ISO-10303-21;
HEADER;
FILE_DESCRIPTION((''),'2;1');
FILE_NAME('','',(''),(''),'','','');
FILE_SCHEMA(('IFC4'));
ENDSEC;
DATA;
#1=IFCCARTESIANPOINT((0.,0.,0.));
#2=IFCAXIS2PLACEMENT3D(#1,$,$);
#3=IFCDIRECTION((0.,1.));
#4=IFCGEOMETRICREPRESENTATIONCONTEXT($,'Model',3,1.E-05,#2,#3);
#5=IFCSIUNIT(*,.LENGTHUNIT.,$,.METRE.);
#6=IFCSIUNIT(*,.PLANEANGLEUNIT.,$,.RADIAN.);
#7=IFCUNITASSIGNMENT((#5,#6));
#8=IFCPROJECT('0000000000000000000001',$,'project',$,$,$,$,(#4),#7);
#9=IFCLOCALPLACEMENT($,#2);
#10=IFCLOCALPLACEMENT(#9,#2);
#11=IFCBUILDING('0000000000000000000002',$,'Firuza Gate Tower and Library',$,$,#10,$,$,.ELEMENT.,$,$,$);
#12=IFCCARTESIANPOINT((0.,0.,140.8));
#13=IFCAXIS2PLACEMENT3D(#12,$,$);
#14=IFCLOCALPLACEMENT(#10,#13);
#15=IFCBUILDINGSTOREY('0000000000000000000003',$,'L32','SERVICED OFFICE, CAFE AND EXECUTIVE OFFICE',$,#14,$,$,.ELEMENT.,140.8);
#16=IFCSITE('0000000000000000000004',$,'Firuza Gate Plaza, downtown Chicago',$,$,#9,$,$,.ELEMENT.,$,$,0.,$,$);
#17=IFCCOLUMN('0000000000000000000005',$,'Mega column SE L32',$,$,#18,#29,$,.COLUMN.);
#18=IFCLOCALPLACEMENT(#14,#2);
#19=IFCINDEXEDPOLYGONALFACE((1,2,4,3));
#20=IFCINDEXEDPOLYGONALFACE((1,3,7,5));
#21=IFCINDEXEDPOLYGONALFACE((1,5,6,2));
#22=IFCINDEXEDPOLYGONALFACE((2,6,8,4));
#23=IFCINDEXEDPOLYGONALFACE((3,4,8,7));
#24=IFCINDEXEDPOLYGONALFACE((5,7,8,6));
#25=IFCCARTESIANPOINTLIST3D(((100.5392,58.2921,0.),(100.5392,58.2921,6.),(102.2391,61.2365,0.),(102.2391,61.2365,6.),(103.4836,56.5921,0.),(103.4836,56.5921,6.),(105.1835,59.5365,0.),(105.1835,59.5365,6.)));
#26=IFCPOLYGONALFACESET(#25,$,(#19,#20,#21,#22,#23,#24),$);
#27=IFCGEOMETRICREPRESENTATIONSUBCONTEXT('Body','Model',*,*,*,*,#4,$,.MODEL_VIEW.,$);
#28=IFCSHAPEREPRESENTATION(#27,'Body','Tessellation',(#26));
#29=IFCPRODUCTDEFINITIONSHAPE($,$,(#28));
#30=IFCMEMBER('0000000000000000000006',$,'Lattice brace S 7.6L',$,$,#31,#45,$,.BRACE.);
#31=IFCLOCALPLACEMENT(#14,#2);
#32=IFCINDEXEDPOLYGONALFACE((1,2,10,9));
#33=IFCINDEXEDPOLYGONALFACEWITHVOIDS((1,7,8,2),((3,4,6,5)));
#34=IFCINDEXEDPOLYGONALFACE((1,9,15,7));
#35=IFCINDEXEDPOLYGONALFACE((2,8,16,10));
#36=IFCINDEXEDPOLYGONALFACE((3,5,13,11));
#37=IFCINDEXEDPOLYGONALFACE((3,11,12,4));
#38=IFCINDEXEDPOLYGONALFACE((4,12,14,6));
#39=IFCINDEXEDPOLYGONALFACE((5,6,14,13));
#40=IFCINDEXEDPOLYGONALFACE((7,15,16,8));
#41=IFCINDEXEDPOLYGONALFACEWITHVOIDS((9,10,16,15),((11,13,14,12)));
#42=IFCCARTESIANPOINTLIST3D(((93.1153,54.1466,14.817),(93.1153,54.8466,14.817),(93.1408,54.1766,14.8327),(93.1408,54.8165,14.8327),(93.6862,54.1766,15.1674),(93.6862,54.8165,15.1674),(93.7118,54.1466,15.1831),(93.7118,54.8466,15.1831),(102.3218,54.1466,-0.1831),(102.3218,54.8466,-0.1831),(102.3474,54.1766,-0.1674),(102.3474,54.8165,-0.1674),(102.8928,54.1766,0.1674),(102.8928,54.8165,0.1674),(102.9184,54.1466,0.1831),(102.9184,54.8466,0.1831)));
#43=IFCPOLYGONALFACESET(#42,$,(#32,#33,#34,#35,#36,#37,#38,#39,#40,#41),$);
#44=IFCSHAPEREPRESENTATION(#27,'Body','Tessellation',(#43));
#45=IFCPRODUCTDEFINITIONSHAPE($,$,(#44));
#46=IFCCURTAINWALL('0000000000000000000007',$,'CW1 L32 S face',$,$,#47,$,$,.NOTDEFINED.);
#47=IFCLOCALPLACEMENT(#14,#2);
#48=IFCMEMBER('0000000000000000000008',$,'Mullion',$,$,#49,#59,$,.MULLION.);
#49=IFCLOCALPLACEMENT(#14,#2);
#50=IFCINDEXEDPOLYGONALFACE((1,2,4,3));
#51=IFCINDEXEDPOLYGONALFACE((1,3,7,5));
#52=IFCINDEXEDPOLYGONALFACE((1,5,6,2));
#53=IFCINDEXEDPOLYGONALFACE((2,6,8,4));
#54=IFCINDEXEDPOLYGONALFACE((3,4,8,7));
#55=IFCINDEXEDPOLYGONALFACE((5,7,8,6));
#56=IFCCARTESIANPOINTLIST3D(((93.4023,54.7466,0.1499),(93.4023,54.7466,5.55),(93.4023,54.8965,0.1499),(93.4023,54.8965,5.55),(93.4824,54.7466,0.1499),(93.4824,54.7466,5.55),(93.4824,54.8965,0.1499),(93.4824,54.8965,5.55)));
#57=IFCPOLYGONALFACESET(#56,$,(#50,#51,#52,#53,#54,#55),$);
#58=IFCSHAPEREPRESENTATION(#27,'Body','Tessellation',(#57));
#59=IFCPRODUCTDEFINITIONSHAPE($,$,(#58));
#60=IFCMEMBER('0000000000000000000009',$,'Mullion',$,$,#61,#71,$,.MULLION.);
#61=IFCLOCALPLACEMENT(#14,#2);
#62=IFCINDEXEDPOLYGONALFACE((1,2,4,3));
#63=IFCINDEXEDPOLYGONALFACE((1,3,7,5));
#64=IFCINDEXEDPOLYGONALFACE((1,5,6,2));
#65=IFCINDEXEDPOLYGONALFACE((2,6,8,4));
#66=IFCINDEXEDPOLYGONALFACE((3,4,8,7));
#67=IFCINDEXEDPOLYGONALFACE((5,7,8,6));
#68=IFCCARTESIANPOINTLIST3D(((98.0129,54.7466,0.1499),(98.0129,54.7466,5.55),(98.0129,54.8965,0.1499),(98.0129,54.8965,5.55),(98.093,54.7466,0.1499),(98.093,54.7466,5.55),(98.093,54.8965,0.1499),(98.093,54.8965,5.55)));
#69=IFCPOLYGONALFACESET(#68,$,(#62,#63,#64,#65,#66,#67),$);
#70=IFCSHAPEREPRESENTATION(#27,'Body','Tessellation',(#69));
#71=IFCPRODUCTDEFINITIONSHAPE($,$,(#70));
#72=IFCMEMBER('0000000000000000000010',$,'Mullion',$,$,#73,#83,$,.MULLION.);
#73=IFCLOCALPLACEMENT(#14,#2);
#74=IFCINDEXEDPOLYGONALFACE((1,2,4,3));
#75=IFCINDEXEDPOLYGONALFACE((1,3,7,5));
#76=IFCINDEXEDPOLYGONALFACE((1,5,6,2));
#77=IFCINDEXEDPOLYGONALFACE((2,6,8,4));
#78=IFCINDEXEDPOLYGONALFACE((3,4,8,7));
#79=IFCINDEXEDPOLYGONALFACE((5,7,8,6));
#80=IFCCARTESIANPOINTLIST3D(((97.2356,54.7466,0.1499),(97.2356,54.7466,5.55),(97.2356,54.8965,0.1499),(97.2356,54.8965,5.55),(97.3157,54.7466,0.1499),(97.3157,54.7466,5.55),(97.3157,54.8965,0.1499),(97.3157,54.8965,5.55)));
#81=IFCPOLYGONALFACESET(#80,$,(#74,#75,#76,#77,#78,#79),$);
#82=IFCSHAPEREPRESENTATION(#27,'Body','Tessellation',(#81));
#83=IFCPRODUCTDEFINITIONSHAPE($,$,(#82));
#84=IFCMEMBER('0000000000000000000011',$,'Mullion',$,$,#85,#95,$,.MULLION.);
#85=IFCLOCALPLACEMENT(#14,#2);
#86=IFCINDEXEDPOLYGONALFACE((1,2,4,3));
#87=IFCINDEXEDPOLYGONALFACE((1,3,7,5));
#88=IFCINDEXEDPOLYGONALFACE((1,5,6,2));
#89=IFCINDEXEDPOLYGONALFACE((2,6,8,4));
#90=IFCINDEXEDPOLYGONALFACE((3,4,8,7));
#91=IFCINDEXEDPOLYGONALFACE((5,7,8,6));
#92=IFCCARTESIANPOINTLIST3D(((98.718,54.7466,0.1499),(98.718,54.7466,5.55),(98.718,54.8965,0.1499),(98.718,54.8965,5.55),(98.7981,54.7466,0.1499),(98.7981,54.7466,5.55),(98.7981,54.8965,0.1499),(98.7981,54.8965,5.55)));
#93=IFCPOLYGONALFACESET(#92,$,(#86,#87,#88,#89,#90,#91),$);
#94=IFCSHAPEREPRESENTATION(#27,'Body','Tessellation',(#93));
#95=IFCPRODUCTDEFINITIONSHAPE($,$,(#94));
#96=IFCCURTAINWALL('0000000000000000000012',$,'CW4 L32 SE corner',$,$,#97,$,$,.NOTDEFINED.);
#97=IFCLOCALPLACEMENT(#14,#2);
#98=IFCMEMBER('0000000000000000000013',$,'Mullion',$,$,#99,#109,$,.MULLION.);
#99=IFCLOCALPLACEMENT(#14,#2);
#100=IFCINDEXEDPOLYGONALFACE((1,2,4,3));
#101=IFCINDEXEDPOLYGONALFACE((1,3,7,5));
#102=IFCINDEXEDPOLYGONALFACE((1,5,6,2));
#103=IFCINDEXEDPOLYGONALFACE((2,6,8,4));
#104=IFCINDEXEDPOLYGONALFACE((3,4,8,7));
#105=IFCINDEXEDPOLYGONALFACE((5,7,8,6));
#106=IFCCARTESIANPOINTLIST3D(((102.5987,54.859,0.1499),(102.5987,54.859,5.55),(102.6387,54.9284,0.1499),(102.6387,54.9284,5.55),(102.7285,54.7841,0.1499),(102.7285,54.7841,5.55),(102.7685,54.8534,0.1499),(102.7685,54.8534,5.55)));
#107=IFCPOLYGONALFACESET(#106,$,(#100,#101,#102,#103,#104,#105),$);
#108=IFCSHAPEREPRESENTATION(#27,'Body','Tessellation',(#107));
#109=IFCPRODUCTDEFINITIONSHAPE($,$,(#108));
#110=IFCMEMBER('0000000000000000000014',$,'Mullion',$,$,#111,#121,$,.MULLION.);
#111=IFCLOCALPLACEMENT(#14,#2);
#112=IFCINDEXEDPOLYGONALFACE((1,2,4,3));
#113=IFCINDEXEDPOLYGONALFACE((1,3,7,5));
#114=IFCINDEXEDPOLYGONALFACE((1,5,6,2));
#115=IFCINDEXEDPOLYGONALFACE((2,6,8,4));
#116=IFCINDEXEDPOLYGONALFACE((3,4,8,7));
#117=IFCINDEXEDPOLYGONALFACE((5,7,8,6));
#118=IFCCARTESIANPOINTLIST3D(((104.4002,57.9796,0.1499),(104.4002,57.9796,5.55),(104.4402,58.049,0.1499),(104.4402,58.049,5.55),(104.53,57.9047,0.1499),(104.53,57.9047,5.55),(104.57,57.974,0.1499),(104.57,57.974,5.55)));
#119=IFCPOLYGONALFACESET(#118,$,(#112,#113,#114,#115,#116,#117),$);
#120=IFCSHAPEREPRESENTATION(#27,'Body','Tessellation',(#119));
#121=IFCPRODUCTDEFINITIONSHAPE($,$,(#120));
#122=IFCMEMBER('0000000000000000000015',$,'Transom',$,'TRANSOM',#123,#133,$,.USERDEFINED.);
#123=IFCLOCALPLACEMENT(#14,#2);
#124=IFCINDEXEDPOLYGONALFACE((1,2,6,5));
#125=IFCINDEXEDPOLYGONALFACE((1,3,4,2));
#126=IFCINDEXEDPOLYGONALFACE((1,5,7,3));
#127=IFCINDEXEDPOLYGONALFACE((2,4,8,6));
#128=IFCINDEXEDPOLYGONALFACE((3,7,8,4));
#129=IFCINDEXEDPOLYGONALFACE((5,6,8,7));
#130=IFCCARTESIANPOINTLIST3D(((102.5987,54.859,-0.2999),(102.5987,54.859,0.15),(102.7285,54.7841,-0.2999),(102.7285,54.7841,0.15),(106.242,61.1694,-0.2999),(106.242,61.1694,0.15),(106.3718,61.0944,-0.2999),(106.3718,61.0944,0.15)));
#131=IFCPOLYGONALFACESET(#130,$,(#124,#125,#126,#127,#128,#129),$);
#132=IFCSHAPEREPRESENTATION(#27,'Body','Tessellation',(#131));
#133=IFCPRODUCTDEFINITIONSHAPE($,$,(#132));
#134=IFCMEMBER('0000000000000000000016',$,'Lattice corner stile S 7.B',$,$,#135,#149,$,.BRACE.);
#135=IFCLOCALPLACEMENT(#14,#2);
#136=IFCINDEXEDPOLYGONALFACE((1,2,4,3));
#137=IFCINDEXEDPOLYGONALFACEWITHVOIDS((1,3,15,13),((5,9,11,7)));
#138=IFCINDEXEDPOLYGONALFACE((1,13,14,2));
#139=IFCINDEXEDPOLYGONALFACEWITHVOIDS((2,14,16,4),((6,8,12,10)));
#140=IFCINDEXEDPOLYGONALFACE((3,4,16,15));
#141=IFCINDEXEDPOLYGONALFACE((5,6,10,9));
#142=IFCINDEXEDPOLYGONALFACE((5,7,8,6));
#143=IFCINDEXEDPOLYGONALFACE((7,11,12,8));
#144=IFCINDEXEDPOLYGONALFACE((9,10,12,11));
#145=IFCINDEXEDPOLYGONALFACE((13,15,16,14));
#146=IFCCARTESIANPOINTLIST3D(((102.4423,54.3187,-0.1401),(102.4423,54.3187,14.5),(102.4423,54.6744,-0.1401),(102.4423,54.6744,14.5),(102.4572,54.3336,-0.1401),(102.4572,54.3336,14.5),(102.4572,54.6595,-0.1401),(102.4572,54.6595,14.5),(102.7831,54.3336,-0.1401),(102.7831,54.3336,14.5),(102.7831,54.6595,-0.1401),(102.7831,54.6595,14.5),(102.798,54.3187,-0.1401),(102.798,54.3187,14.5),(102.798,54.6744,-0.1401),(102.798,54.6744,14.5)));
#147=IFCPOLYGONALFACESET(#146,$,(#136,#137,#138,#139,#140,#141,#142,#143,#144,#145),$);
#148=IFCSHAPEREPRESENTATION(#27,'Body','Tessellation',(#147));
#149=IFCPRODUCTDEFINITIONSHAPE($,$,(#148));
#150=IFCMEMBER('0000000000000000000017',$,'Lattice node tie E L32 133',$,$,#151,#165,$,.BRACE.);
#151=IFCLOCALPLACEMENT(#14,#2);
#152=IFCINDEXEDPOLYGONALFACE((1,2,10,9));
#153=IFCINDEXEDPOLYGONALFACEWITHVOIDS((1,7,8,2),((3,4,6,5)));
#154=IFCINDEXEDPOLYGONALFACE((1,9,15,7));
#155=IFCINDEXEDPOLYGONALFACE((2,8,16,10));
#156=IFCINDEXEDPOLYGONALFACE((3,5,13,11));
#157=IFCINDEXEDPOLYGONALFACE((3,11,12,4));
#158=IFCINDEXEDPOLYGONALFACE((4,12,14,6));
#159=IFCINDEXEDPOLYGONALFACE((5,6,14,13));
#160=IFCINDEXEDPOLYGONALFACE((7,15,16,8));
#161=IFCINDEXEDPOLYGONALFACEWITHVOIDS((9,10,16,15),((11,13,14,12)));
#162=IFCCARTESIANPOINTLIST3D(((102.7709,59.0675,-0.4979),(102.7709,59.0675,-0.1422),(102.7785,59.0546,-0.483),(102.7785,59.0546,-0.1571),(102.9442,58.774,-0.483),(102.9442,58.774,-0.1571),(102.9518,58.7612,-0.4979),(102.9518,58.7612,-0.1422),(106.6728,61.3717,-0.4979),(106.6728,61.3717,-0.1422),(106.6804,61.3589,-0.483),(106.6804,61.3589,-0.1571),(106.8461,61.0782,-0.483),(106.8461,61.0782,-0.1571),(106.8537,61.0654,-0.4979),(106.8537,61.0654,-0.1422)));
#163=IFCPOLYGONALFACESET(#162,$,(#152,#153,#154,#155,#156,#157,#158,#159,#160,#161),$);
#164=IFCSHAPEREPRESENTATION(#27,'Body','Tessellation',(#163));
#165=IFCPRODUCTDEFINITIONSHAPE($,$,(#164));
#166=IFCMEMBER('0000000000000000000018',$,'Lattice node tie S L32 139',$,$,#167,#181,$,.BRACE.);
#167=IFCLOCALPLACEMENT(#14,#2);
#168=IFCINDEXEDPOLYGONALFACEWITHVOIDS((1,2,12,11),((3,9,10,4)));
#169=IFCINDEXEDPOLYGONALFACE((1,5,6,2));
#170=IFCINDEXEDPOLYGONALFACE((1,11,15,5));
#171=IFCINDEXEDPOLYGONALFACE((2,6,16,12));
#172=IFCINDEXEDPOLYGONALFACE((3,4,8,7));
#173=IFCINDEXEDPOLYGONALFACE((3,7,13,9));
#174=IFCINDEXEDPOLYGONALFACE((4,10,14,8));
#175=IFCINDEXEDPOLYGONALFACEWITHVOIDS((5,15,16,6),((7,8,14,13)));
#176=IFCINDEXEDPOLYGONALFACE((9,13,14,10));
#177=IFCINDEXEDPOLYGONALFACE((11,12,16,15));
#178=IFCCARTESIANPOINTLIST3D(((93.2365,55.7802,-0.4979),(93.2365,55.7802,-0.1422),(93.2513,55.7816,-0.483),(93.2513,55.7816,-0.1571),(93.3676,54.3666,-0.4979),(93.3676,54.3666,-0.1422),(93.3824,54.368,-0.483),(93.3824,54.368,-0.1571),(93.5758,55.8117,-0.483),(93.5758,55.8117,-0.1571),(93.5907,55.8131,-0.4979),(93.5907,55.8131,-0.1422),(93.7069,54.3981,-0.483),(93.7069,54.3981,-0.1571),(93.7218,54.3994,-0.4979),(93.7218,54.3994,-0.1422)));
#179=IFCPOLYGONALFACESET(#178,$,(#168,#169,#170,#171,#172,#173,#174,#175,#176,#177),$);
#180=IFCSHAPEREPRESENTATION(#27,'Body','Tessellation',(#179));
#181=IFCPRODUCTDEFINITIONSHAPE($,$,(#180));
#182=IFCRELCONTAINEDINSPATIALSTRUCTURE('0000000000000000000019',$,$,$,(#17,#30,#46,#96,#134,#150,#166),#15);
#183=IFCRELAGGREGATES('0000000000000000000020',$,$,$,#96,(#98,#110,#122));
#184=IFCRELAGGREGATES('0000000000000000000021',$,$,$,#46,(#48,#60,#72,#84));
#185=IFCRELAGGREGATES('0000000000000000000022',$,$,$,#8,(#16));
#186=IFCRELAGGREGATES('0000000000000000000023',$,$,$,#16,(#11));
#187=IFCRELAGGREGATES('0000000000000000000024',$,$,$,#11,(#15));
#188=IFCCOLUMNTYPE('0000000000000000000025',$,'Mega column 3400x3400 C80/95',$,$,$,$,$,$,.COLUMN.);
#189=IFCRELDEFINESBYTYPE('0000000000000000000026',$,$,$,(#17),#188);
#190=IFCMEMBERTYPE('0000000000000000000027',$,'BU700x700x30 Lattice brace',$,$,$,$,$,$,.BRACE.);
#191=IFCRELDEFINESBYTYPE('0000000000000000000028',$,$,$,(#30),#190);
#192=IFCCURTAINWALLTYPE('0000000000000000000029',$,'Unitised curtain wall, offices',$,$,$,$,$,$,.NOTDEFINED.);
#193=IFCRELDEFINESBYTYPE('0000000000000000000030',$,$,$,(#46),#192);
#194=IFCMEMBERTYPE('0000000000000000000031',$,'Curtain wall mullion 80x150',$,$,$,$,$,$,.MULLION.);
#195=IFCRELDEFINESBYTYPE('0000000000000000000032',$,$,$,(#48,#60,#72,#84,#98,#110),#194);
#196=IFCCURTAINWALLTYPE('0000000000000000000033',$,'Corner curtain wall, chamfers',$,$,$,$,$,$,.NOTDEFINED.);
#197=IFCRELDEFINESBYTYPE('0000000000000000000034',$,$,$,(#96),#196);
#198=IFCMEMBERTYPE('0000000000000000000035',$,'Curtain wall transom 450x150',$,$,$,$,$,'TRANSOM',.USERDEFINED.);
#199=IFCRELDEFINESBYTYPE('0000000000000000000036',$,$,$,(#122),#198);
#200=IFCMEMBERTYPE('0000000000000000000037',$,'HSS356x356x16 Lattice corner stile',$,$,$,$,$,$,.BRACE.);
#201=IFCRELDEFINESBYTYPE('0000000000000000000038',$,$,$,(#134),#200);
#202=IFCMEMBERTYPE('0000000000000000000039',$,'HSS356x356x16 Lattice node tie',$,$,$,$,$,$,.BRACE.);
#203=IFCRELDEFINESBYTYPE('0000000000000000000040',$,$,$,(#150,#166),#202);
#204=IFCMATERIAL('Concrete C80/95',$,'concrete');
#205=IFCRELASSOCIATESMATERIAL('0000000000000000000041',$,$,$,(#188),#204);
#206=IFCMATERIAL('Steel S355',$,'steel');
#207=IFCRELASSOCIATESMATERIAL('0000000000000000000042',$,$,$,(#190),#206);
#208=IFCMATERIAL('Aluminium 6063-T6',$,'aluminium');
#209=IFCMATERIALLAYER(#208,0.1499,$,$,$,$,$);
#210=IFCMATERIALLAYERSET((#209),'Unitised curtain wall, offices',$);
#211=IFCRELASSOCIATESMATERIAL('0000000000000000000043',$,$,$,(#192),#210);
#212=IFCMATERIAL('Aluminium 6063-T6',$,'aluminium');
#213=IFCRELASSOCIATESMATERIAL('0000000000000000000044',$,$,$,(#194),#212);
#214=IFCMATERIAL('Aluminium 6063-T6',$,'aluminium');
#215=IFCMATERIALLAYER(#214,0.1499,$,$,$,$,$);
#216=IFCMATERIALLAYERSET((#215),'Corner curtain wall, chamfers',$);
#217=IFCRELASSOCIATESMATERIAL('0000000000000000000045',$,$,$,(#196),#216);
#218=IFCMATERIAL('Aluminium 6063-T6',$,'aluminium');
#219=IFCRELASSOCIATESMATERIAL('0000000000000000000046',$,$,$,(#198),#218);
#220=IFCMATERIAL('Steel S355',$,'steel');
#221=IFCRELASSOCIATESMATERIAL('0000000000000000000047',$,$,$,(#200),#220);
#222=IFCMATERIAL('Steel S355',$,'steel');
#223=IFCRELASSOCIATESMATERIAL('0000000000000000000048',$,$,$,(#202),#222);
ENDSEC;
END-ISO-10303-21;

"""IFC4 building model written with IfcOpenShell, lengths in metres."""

from ifc_helpers import new_model, si_unit, direction, frame, origin, origin_2d, place, context, subcontext, project, spatial, rectangle, hollow_rectangle, extrude, material, layer, layer_set, material_profile, profile_set, type_object, element, aggregate, save


model = new_model("IFC4")

# Units and contexts
model_context = context("Model", 3, precision=1e-05, world=origin(), true_north=direction((0.0, 1.0)))
body_context = subcontext(model_context, "Body", "Model", "MODEL_VIEW")
ifc_project = project(units=[si_unit("LENGTHUNIT", "METRE"), si_unit("PLANEANGLEUNIT", "RADIAN")], contexts=[model_context])

# Site, building, storey
site_placement = place(None, origin())
site = spatial("IfcSite", under=ifc_project, at=site_placement, Name="Firuza Gate Plaza, downtown Chicago", CompositionType="ELEMENT", RefElevation=0.0)
building_placement = place(site_placement, origin())
building = spatial("IfcBuilding", under=site, at=building_placement, Name="Firuza Gate Tower and Library", CompositionType="ELEMENT")
storey_placement = place(building_placement, frame((0.0, 0.0, 140.8)))
storey = spatial("IfcBuildingStorey", under=building, at=storey_placement, Name="L32", Description="SERVICED OFFICE, CAFE AND EXECUTIVE OFFICE", CompositionType="ELEMENT", Elevation=140.8)

# Column
ifc_material_1 = material(Name="Concrete C80/95", Category="concrete")
ifc_material_profile_1 = material_profile(ifc_material_1, rectangle(XDim=3.3999, YDim=3.3999, at=origin_2d()))
ifc_profile_set_1 = profile_set([ifc_material_profile_1], Name="Concrete C80/95")
column_type = type_object("IfcColumnType", Name="Mega column 3400x3400 C80/95", PredefinedType="COLUMN", material=ifc_profile_set_1)
column_placement = place(storey_placement, frame((102.8613, 58.9143, 0.0), z_axis=(0.0, 0.0, 1.0), x_axis=(0.5, 0.866025, 0.0)))
element("IfcColumn", 1, at=column_placement, inside=storey, type_object=column_type, Name="Mega column SE L32", PredefinedType="COLUMN", context=body_context, shape_type="SweptSolid", body=[
    extrude(rectangle(XDim=3.3999, YDim=3.3999, at=origin_2d()), origin(), (0.0, 0.0, 1.0), 6.0),
])

# Member
ifc_material_2 = material(Name="Steel S355", Category="steel")
ifc_material_profile_2 = material_profile(ifc_material_2, hollow_rectangle(XDim=0.7, YDim=0.7, WallThickness=0.03, at=origin_2d()))
ifc_profile_set_2 = profile_set([ifc_material_profile_2], Name="Steel S355")
member_type_1 = type_object("IfcMemberType", Name="BU700x700x30 Lattice brace", PredefinedType="BRACE", material=ifc_profile_set_2)
member_1_placement = place(storey_placement, frame((102.6201, 54.4966, 0.0), z_axis=(-0.523099, 0.0, 0.852272), x_axis=(0.0, -1.0, 0.0)))
element("IfcMember", 2, at=member_1_placement, inside=storey, type_object=member_type_1, Name="Lattice brace S 7.6L", PredefinedType="BRACE", context=body_context, shape_type="SweptSolid", body=[
    extrude(hollow_rectangle(XDim=0.7, YDim=0.7, WallThickness=0.03, at=origin_2d()), origin(), (0.0, 0.0, 1.0), 17.6001),
])

# Curtain walls, members
ifc_material_3 = material(Name="Aluminium 6063-T6", Category="aluminium")
ifc_layer_1 = layer(ifc_material_3, 0.1499)
ifc_layer_set_1 = layer_set([ifc_layer_1], Name="Unitised curtain wall, offices")
curtain_wall_type_1 = type_object("IfcCurtainWallType", Name="Unitised curtain wall, offices", PredefinedType="NOTDEFINED", material=ifc_layer_set_1)
placement = place(storey_placement, origin())
curtain_wall_1 = element("IfcCurtainWall", 3, at=placement, inside=storey, type_object=curtain_wall_type_1, Name="CW1 L32 S face", PredefinedType="NOTDEFINED")
ifc_material_4 = material(Name="Aluminium 6063-T6", Category="aluminium")
ifc_material_profile_3 = material_profile(ifc_material_4, rectangle(XDim=0.1499, YDim=0.0801, at=origin_2d()))
ifc_profile_set_3 = profile_set([ifc_material_profile_3], Name="Aluminium 6063-T6")
member_type_2 = type_object("IfcMemberType", Name="Curtain wall mullion 80x150", PredefinedType="MULLION", material=ifc_profile_set_3)
member_2_placement = place(storey_placement, frame((93.4424, 54.8215, 0.1499), z_axis=(0.0, 0.0, 1.0), x_axis=(0.0, 1.0, 0.0)))
member_2 = element("IfcMember", 4, at=member_2_placement, type_object=member_type_2, Name="Mullion", PredefinedType="MULLION", context=body_context, shape_type="SweptSolid", body=[
    extrude(rectangle(XDim=0.1499, YDim=0.0801, at=origin_2d()), origin(), (0.0, 0.0, 1.0), 5.4001),
])
member_3_placement = place(storey_placement, frame((98.053, 54.8215, 0.1499), z_axis=(0.0, 0.0, 1.0), x_axis=(0.0, 1.0, 0.0)))
member_3 = element("IfcMember", 5, at=member_3_placement, type_object=member_type_2, Name="Mullion", PredefinedType="MULLION", context=body_context, shape_type="SweptSolid", body=[
    extrude(rectangle(XDim=0.1499, YDim=0.0801, at=origin_2d()), origin(), (0.0, 0.0, 1.0), 5.4001),
])
member_4_placement = place(storey_placement, frame((97.2756, 54.8215, 0.1499), z_axis=(0.0, 0.0, 1.0), x_axis=(0.0, 1.0, 0.0)))
member_4 = element("IfcMember", 6, at=member_4_placement, type_object=member_type_2, Name="Mullion", PredefinedType="MULLION", context=body_context, shape_type="SweptSolid", body=[
    extrude(rectangle(XDim=0.1499, YDim=0.0801, at=origin_2d()), origin(), (0.0, 0.0, 1.0), 5.4001),
])
member_5_placement = place(storey_placement, frame((98.7581, 54.8215, 0.1499), z_axis=(0.0, 0.0, 1.0), x_axis=(0.0, 1.0, 0.0)))
member_5 = element("IfcMember", 7, at=member_5_placement, type_object=member_type_2, Name="Mullion", PredefinedType="MULLION", context=body_context, shape_type="SweptSolid", body=[
    extrude(rectangle(XDim=0.1499, YDim=0.0801, at=origin_2d()), origin(), (0.0, 0.0, 1.0), 5.4001),
])
ifc_material_5 = material(Name="Aluminium 6063-T6", Category="aluminium")
ifc_layer_2 = layer(ifc_material_5, 0.1499)
ifc_layer_set_2 = layer_set([ifc_layer_2], Name="Corner curtain wall, chamfers")
curtain_wall_type_2 = type_object("IfcCurtainWallType", Name="Corner curtain wall, chamfers", PredefinedType="NOTDEFINED", material=ifc_layer_set_2)
curtain_wall_2 = element("IfcCurtainWall", 8, at=placement, inside=storey, type_object=curtain_wall_type_2, Name="CW4 L32 SE corner", PredefinedType="NOTDEFINED")
member_6_placement = place(storey_placement, frame((102.6836, 54.8562, 0.1499), z_axis=(0.0, 0.0, 1.0), x_axis=(-0.866025, 0.5, 0.0)))
member_6 = element("IfcMember", 9, at=member_6_placement, type_object=member_type_2, Name="Mullion", PredefinedType="MULLION", context=body_context, shape_type="SweptSolid", body=[
    extrude(rectangle(XDim=0.1499, YDim=0.0801, at=origin_2d()), origin(), (0.0, 0.0, 1.0), 5.4001),
])
member_7_placement = place(storey_placement, frame((104.4851, 57.9768, 0.1499), z_axis=(0.0, 0.0, 1.0), x_axis=(-0.866025, 0.5, 0.0)))
member_7 = element("IfcMember", 10, at=member_7_placement, type_object=member_type_2, Name="Mullion", PredefinedType="MULLION", context=body_context, shape_type="SweptSolid", body=[
    extrude(rectangle(XDim=0.1499, YDim=0.0801, at=origin_2d()), origin(), (0.0, 0.0, 1.0), 5.4001),
])
ifc_material_6 = material(Name="Aluminium 6063-T6", Category="aluminium")
ifc_material_profile_4 = material_profile(ifc_material_6, rectangle(XDim=0.1499, YDim=0.45, at=origin_2d()))
ifc_profile_set_4 = profile_set([ifc_material_profile_4], Name="Aluminium 6063-T6")
member_type_3 = type_object("IfcMemberType", Name="Curtain wall transom 450x150", ElementType="TRANSOM", PredefinedType="USERDEFINED", material=ifc_profile_set_4)
member_8_placement = place(storey_placement, frame((102.6636, 54.8215, -0.075), z_axis=(0.500006, 0.866022, 0.0), x_axis=(-0.866022, 0.500006, 0.0)))
member_8 = element("IfcMember", 11, at=member_8_placement, type_object=member_type_3, Name="Transom", ObjectType="TRANSOM", PredefinedType="USERDEFINED", context=body_context, shape_type="SweptSolid", body=[
    extrude(rectangle(XDim=0.1499, YDim=0.45, at=origin_2d()), origin(), (0.0, 0.0, 1.0), 7.2866),
])

# Members
ifc_material_7 = material(Name="Steel S355", Category="steel")
ifc_material_profile_5 = material_profile(ifc_material_7, hollow_rectangle(XDim=0.3557, YDim=0.3557, WallThickness=0.0149, at=origin_2d()))
ifc_profile_set_5 = profile_set([ifc_material_profile_5], Name="Steel S355")
member_type_4 = type_object("IfcMemberType", Name="HSS356x356x16 Lattice corner stile", PredefinedType="BRACE", material=ifc_profile_set_5)
member_9_placement = place(storey_placement, frame((102.6201, 54.4966, -0.1401), z_axis=(0.0, 0.0, 1.0), x_axis=(1.0, 0.0, 0.0)))
element("IfcMember", 12, at=member_9_placement, inside=storey, type_object=member_type_4, Name="Lattice corner stile S 7.B", PredefinedType="BRACE", context=body_context, shape_type="SweptSolid", body=[
    extrude(hollow_rectangle(XDim=0.3557, YDim=0.3557, WallThickness=0.0149, at=origin_2d()), origin(), (0.0, 0.0, 1.0), 14.6401),
])
ifc_material_8 = material(Name="Steel S355", Category="steel")
ifc_material_profile_6 = material_profile(ifc_material_8, hollow_rectangle(XDim=0.3557, YDim=0.3557, WallThickness=0.0149, at=origin_2d()))
ifc_profile_set_6 = profile_set([ifc_material_profile_6], Name="Steel S355")
member_type_5 = type_object("IfcMemberType", Name="HSS356x356x16 Lattice node tie", PredefinedType="BRACE", material=ifc_profile_set_6)
member_10_placement = place(storey_placement, frame((102.8613, 58.9143, -0.3201), z_axis=(0.861066, 0.508493, 0.0), x_axis=(-0.508493, 0.861066, 0.0)))
element("IfcMember", 13, at=member_10_placement, inside=storey, type_object=member_type_5, Name="Lattice node tie E L32 133", PredefinedType="BRACE", context=body_context, shape_type="SweptSolid", body=[
    extrude(hollow_rectangle(XDim=0.3557, YDim=0.3557, WallThickness=0.0149, at=origin_2d()), origin(), (0.0, 0.0, 1.0), 4.5315),
])
member_11_placement = place(storey_placement, frame((93.4136, 55.7966, -0.3201), z_axis=(0.09235, -0.995727, 0.0), x_axis=(0.995727, 0.09235, 0.0)))
element("IfcMember", 14, at=member_11_placement, inside=storey, type_object=member_type_5, Name="Lattice node tie S L32 139", PredefinedType="BRACE", context=body_context, shape_type="SweptSolid", body=[
    extrude(hollow_rectangle(XDim=0.3557, YDim=0.3557, WallThickness=0.0149, at=origin_2d()), origin(), (0.0, 0.0, 1.0), 1.4197),
])

aggregate(curtain_wall_2, [member_6, member_7, member_8])
aggregate(curtain_wall_1, [member_2, member_3, member_4, member_5])

save(model, "model.ifc")
